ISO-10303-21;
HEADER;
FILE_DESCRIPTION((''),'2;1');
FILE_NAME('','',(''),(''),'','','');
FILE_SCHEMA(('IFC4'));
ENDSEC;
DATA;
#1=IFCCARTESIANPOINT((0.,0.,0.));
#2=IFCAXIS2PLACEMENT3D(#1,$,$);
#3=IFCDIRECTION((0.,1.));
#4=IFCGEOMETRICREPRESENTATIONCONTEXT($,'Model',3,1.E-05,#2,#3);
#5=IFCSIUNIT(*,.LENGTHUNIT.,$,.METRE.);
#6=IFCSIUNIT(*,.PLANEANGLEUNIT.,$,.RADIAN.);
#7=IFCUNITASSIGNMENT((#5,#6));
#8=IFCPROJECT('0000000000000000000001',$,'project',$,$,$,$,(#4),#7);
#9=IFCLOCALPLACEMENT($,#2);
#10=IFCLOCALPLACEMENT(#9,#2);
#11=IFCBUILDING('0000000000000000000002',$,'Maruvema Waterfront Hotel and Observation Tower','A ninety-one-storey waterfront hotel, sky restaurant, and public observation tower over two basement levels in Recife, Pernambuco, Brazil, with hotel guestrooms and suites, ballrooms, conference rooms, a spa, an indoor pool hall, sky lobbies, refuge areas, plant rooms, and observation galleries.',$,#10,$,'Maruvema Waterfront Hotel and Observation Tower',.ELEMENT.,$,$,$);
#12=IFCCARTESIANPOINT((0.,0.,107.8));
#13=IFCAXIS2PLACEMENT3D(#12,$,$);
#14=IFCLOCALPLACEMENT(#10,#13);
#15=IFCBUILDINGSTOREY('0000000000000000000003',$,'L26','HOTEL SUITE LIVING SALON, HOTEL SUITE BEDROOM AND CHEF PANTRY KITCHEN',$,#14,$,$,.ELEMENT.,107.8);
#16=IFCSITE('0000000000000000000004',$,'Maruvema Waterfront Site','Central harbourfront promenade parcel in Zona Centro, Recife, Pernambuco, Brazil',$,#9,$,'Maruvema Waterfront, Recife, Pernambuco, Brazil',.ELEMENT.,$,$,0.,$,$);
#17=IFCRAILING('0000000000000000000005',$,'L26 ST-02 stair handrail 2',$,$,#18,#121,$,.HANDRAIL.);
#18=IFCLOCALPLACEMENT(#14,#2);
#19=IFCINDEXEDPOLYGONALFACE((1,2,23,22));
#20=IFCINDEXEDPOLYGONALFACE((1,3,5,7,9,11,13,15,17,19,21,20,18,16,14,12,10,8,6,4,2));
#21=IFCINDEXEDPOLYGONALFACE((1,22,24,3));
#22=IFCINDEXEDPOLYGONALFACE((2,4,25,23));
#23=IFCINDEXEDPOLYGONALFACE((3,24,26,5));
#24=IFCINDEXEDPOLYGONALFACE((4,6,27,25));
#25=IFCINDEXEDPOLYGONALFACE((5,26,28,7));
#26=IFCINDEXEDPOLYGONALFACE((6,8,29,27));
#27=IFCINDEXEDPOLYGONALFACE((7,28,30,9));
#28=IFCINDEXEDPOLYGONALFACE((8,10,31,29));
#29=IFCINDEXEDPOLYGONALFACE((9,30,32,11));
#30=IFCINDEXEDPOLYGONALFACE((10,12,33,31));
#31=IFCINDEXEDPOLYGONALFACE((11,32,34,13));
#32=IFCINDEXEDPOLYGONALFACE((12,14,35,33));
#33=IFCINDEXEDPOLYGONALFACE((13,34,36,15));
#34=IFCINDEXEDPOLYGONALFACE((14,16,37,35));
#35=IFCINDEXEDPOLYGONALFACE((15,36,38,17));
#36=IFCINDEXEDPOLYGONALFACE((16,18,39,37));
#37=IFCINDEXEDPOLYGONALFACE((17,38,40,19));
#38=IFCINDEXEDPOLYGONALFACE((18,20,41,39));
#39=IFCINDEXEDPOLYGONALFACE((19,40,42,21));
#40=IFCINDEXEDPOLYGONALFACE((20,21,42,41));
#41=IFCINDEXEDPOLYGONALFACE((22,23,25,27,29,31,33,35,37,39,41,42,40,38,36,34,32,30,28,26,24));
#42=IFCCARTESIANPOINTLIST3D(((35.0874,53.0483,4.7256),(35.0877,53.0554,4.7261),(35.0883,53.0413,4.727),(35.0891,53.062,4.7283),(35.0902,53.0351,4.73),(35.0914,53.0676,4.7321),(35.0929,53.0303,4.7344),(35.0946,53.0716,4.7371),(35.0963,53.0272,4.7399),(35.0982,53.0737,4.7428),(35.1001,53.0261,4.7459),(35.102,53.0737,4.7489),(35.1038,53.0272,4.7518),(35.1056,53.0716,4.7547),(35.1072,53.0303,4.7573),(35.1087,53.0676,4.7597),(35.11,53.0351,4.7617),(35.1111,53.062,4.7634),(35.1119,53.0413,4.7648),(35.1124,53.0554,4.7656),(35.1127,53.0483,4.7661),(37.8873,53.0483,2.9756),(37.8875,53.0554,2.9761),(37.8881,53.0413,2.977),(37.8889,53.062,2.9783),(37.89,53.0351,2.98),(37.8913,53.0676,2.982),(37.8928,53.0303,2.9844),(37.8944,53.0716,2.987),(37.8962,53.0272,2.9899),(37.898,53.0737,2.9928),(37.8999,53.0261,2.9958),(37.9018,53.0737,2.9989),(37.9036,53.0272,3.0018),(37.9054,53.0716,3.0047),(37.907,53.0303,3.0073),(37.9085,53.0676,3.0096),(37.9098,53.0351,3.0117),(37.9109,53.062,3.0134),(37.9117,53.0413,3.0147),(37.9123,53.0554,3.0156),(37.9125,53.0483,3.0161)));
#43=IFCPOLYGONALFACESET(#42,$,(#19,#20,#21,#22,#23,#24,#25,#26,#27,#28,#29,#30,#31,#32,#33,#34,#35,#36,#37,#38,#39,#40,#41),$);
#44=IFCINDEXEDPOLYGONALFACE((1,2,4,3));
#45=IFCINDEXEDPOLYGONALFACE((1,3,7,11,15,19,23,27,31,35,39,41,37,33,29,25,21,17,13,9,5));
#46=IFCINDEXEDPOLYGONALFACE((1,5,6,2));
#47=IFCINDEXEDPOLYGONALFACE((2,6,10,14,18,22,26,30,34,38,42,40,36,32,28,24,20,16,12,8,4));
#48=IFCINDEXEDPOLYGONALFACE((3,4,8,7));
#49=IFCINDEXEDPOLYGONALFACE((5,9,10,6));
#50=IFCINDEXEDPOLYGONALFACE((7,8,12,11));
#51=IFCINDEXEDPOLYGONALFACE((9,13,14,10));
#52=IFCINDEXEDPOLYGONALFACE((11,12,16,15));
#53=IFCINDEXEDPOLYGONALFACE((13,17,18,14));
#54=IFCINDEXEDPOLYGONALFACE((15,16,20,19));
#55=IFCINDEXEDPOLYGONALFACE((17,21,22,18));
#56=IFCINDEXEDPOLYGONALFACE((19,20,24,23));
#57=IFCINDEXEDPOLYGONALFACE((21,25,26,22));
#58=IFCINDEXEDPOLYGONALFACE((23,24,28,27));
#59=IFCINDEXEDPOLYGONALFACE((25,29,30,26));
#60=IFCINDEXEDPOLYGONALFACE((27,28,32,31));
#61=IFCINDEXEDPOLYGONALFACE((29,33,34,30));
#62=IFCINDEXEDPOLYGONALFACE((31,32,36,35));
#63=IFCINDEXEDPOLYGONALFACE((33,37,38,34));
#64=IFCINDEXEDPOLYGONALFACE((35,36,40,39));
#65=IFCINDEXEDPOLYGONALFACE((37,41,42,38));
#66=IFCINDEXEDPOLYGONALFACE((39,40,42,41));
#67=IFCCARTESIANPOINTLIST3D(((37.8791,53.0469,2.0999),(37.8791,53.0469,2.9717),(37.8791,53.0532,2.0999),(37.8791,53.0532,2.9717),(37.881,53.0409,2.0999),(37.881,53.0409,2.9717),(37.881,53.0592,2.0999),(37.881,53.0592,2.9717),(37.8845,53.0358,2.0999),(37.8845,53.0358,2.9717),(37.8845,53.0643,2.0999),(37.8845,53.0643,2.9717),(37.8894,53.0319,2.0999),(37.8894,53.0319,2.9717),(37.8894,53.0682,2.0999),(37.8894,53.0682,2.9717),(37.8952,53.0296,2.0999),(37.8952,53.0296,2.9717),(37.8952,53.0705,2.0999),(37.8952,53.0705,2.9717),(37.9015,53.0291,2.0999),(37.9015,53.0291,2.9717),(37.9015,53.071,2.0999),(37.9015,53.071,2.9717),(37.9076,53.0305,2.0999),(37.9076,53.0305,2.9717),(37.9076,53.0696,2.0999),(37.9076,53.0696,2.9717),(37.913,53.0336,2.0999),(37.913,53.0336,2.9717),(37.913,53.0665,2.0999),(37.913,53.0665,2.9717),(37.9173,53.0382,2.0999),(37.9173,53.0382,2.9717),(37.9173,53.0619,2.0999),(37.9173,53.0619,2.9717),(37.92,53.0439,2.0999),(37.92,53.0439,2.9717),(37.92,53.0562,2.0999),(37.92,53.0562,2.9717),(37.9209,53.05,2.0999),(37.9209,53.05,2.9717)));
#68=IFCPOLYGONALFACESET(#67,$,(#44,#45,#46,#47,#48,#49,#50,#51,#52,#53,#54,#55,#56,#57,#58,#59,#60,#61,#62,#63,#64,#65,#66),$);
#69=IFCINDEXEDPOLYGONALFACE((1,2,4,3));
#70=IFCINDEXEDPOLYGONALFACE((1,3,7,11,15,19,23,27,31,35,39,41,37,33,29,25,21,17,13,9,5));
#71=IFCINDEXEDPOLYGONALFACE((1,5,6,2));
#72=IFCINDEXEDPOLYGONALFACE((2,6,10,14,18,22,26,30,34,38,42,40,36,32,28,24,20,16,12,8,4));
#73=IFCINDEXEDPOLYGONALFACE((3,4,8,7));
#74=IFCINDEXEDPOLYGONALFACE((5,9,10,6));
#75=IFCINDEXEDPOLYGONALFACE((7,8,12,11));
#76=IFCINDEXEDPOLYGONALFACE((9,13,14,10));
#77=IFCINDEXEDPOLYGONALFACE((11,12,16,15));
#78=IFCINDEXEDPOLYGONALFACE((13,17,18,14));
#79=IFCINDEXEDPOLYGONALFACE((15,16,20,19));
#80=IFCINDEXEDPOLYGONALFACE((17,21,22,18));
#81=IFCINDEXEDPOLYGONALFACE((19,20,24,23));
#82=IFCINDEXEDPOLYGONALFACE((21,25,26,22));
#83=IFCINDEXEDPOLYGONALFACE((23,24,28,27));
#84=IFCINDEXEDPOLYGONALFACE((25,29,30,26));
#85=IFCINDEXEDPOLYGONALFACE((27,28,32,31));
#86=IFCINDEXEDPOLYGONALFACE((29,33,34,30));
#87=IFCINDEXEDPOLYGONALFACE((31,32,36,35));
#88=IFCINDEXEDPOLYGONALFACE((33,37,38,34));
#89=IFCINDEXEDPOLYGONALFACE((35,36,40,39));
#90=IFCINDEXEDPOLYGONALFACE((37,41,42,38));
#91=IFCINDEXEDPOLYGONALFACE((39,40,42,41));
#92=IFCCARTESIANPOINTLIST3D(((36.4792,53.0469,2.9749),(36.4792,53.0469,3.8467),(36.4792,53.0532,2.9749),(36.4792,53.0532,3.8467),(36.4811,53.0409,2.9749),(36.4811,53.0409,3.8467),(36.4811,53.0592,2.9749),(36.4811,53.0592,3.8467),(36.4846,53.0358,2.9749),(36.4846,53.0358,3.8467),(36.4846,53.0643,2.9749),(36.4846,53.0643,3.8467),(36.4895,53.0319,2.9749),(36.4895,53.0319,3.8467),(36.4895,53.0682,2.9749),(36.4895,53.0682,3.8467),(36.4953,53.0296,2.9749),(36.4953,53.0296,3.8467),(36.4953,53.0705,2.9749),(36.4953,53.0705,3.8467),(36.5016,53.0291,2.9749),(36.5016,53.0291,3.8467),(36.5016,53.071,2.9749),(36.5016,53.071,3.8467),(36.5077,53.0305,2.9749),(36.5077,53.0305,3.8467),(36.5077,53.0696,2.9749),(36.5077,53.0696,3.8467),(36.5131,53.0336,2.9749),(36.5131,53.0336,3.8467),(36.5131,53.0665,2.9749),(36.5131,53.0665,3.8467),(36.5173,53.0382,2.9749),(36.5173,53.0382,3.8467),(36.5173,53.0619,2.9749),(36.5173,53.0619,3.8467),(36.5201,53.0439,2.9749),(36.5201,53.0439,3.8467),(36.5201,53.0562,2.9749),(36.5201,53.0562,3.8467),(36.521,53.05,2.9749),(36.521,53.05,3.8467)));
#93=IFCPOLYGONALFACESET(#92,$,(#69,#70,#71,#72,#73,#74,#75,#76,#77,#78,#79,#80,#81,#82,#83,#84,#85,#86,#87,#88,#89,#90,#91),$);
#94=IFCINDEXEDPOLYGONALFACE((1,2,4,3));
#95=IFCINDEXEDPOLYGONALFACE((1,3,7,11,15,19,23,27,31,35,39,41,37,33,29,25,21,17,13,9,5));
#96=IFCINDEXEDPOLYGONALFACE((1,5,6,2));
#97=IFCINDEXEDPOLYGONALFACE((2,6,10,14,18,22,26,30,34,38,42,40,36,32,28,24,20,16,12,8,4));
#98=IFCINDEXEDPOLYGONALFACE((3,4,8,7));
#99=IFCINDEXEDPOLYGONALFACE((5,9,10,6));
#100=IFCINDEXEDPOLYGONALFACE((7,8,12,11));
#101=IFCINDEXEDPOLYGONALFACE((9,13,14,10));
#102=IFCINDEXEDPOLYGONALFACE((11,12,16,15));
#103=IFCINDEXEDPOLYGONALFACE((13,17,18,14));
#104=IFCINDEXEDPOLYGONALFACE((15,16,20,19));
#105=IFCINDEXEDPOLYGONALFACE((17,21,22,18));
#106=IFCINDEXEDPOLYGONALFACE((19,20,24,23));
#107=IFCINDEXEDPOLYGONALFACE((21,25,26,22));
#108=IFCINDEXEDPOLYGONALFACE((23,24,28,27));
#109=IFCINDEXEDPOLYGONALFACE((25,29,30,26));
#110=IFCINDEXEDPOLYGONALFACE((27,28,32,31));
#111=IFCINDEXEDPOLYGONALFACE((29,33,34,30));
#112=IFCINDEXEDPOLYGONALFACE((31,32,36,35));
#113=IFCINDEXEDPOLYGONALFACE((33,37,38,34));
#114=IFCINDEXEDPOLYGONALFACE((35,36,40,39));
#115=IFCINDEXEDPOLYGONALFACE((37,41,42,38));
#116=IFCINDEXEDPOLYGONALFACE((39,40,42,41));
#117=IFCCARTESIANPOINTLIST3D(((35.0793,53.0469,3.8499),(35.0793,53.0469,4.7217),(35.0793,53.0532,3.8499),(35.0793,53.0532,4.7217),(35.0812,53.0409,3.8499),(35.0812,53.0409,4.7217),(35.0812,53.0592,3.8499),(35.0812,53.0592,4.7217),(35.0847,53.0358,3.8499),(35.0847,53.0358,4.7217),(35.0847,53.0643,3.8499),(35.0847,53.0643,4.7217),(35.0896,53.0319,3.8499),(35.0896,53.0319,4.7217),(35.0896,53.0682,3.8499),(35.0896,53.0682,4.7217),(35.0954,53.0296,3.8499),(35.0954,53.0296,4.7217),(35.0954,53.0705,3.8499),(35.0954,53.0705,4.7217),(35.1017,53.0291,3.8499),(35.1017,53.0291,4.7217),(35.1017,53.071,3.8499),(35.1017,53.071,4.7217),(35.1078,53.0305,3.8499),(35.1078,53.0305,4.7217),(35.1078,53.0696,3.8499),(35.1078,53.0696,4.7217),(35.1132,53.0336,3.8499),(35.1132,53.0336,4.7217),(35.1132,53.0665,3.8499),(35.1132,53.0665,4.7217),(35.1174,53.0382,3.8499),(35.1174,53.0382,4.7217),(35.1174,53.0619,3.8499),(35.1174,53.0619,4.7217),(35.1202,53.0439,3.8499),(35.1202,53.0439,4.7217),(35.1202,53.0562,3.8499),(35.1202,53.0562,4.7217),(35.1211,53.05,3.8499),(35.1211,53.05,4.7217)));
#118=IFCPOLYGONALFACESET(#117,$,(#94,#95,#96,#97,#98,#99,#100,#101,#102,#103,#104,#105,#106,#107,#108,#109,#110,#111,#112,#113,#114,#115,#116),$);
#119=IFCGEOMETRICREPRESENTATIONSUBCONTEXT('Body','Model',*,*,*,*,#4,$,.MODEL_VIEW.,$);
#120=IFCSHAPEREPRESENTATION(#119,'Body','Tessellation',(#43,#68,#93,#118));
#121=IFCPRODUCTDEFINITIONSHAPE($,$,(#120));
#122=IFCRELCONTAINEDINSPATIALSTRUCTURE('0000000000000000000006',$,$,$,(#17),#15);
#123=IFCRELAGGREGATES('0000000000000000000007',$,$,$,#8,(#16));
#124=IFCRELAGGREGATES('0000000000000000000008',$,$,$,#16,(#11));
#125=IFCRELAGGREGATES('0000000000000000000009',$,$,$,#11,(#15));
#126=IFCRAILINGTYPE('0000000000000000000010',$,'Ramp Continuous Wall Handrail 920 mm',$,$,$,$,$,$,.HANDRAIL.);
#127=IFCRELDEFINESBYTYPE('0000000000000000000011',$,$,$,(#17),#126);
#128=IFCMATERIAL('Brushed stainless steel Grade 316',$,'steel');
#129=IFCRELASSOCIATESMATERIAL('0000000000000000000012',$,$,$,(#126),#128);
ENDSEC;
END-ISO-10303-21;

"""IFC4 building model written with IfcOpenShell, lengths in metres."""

from ifc_helpers import new_model, si_unit, direction, frame, origin, origin_2d, place, context, subcontext, project, spatial, circle, extrude, material, type_object, element, save


model = new_model("IFC4")

# Units and contexts
model_context = context("Model", 3, precision=1e-05, world=origin(), true_north=direction((0.0, 1.0)))
body_context = subcontext(model_context, "Body", "Model", "MODEL_VIEW")
ifc_project = project(units=[si_unit("LENGTHUNIT", "METRE"), si_unit("PLANEANGLEUNIT", "RADIAN")], contexts=[model_context])

# Site, building, storey
site_placement = place(None, origin())
site = spatial("IfcSite", under=ifc_project, at=site_placement, Name="Maruvema Waterfront Site", Description="Central harbourfront promenade parcel in Zona Centro, Recife, Pernambuco, Brazil", LongName="Maruvema Waterfront, Recife, Pernambuco, Brazil", CompositionType="ELEMENT", RefElevation=0.0)
building_placement = place(site_placement, origin())
building = spatial("IfcBuilding", under=site, at=building_placement, Name="Maruvema Waterfront Hotel and Observation Tower", Description="A ninety-one-storey waterfront hotel, sky restaurant, and public observation tower over two basement levels in Recife, Pernambuco, Brazil, with hotel guestrooms and suites, ballrooms, conference rooms, a spa, an indoor pool hall, sky lobbies, refuge areas, plant rooms, and observation galleries.", LongName="Maruvema Waterfront Hotel and Observation Tower", CompositionType="ELEMENT")
storey_placement = place(building_placement, frame((0.0, 0.0, 107.8)))
storey = spatial("IfcBuildingStorey", under=building, at=storey_placement, Name="L26", Description="HOTEL SUITE LIVING SALON, HOTEL SUITE BEDROOM AND CHEF PANTRY KITCHEN", CompositionType="ELEMENT", Elevation=107.8)

# Railing
ifc_material_1 = material(Name="Brushed stainless steel Grade 316", Category="steel")
railing_type_1 = type_object("IfcRailingType", Name="Ramp Continuous Wall Handrail 920 mm", PredefinedType="HANDRAIL", material=ifc_material_1)
railing_1_placement = place(storey_placement, frame((37.8999, 53.05, 2.0999)))
element("IfcRailing", 1, at=railing_1_placement, inside=storey, type_object=railing_type_1, Name="L26 ST-02 stair handrail 2", PredefinedType="HANDRAIL", context=body_context, shape_type="SweptSolid", body=[
    extrude(circle(Radius=0.0239, at=origin_2d()), frame((0.0, 0.0, 0.896), z_axis=(-0.847982, 0.0, 0.530026), x_axis=(0.0, -1.0, 0.0)), (0.0, 0.0, 1.0), 3.3018),
    extrude(circle(Radius=0.021, at=origin_2d()), origin(), (0.0, 0.0, 1.0), 0.8718),
    extrude(circle(Radius=0.021, at=origin_2d()), frame((-1.3999, 0.0, 0.875)), (0.0, 0.0, 1.0), 0.8718),
    extrude(circle(Radius=0.021, at=origin_2d()), frame((-2.7998, 0.0, 1.75)), (0.0, 0.0, 1.0), 0.8718),
])

save(model, "model.ifc")
